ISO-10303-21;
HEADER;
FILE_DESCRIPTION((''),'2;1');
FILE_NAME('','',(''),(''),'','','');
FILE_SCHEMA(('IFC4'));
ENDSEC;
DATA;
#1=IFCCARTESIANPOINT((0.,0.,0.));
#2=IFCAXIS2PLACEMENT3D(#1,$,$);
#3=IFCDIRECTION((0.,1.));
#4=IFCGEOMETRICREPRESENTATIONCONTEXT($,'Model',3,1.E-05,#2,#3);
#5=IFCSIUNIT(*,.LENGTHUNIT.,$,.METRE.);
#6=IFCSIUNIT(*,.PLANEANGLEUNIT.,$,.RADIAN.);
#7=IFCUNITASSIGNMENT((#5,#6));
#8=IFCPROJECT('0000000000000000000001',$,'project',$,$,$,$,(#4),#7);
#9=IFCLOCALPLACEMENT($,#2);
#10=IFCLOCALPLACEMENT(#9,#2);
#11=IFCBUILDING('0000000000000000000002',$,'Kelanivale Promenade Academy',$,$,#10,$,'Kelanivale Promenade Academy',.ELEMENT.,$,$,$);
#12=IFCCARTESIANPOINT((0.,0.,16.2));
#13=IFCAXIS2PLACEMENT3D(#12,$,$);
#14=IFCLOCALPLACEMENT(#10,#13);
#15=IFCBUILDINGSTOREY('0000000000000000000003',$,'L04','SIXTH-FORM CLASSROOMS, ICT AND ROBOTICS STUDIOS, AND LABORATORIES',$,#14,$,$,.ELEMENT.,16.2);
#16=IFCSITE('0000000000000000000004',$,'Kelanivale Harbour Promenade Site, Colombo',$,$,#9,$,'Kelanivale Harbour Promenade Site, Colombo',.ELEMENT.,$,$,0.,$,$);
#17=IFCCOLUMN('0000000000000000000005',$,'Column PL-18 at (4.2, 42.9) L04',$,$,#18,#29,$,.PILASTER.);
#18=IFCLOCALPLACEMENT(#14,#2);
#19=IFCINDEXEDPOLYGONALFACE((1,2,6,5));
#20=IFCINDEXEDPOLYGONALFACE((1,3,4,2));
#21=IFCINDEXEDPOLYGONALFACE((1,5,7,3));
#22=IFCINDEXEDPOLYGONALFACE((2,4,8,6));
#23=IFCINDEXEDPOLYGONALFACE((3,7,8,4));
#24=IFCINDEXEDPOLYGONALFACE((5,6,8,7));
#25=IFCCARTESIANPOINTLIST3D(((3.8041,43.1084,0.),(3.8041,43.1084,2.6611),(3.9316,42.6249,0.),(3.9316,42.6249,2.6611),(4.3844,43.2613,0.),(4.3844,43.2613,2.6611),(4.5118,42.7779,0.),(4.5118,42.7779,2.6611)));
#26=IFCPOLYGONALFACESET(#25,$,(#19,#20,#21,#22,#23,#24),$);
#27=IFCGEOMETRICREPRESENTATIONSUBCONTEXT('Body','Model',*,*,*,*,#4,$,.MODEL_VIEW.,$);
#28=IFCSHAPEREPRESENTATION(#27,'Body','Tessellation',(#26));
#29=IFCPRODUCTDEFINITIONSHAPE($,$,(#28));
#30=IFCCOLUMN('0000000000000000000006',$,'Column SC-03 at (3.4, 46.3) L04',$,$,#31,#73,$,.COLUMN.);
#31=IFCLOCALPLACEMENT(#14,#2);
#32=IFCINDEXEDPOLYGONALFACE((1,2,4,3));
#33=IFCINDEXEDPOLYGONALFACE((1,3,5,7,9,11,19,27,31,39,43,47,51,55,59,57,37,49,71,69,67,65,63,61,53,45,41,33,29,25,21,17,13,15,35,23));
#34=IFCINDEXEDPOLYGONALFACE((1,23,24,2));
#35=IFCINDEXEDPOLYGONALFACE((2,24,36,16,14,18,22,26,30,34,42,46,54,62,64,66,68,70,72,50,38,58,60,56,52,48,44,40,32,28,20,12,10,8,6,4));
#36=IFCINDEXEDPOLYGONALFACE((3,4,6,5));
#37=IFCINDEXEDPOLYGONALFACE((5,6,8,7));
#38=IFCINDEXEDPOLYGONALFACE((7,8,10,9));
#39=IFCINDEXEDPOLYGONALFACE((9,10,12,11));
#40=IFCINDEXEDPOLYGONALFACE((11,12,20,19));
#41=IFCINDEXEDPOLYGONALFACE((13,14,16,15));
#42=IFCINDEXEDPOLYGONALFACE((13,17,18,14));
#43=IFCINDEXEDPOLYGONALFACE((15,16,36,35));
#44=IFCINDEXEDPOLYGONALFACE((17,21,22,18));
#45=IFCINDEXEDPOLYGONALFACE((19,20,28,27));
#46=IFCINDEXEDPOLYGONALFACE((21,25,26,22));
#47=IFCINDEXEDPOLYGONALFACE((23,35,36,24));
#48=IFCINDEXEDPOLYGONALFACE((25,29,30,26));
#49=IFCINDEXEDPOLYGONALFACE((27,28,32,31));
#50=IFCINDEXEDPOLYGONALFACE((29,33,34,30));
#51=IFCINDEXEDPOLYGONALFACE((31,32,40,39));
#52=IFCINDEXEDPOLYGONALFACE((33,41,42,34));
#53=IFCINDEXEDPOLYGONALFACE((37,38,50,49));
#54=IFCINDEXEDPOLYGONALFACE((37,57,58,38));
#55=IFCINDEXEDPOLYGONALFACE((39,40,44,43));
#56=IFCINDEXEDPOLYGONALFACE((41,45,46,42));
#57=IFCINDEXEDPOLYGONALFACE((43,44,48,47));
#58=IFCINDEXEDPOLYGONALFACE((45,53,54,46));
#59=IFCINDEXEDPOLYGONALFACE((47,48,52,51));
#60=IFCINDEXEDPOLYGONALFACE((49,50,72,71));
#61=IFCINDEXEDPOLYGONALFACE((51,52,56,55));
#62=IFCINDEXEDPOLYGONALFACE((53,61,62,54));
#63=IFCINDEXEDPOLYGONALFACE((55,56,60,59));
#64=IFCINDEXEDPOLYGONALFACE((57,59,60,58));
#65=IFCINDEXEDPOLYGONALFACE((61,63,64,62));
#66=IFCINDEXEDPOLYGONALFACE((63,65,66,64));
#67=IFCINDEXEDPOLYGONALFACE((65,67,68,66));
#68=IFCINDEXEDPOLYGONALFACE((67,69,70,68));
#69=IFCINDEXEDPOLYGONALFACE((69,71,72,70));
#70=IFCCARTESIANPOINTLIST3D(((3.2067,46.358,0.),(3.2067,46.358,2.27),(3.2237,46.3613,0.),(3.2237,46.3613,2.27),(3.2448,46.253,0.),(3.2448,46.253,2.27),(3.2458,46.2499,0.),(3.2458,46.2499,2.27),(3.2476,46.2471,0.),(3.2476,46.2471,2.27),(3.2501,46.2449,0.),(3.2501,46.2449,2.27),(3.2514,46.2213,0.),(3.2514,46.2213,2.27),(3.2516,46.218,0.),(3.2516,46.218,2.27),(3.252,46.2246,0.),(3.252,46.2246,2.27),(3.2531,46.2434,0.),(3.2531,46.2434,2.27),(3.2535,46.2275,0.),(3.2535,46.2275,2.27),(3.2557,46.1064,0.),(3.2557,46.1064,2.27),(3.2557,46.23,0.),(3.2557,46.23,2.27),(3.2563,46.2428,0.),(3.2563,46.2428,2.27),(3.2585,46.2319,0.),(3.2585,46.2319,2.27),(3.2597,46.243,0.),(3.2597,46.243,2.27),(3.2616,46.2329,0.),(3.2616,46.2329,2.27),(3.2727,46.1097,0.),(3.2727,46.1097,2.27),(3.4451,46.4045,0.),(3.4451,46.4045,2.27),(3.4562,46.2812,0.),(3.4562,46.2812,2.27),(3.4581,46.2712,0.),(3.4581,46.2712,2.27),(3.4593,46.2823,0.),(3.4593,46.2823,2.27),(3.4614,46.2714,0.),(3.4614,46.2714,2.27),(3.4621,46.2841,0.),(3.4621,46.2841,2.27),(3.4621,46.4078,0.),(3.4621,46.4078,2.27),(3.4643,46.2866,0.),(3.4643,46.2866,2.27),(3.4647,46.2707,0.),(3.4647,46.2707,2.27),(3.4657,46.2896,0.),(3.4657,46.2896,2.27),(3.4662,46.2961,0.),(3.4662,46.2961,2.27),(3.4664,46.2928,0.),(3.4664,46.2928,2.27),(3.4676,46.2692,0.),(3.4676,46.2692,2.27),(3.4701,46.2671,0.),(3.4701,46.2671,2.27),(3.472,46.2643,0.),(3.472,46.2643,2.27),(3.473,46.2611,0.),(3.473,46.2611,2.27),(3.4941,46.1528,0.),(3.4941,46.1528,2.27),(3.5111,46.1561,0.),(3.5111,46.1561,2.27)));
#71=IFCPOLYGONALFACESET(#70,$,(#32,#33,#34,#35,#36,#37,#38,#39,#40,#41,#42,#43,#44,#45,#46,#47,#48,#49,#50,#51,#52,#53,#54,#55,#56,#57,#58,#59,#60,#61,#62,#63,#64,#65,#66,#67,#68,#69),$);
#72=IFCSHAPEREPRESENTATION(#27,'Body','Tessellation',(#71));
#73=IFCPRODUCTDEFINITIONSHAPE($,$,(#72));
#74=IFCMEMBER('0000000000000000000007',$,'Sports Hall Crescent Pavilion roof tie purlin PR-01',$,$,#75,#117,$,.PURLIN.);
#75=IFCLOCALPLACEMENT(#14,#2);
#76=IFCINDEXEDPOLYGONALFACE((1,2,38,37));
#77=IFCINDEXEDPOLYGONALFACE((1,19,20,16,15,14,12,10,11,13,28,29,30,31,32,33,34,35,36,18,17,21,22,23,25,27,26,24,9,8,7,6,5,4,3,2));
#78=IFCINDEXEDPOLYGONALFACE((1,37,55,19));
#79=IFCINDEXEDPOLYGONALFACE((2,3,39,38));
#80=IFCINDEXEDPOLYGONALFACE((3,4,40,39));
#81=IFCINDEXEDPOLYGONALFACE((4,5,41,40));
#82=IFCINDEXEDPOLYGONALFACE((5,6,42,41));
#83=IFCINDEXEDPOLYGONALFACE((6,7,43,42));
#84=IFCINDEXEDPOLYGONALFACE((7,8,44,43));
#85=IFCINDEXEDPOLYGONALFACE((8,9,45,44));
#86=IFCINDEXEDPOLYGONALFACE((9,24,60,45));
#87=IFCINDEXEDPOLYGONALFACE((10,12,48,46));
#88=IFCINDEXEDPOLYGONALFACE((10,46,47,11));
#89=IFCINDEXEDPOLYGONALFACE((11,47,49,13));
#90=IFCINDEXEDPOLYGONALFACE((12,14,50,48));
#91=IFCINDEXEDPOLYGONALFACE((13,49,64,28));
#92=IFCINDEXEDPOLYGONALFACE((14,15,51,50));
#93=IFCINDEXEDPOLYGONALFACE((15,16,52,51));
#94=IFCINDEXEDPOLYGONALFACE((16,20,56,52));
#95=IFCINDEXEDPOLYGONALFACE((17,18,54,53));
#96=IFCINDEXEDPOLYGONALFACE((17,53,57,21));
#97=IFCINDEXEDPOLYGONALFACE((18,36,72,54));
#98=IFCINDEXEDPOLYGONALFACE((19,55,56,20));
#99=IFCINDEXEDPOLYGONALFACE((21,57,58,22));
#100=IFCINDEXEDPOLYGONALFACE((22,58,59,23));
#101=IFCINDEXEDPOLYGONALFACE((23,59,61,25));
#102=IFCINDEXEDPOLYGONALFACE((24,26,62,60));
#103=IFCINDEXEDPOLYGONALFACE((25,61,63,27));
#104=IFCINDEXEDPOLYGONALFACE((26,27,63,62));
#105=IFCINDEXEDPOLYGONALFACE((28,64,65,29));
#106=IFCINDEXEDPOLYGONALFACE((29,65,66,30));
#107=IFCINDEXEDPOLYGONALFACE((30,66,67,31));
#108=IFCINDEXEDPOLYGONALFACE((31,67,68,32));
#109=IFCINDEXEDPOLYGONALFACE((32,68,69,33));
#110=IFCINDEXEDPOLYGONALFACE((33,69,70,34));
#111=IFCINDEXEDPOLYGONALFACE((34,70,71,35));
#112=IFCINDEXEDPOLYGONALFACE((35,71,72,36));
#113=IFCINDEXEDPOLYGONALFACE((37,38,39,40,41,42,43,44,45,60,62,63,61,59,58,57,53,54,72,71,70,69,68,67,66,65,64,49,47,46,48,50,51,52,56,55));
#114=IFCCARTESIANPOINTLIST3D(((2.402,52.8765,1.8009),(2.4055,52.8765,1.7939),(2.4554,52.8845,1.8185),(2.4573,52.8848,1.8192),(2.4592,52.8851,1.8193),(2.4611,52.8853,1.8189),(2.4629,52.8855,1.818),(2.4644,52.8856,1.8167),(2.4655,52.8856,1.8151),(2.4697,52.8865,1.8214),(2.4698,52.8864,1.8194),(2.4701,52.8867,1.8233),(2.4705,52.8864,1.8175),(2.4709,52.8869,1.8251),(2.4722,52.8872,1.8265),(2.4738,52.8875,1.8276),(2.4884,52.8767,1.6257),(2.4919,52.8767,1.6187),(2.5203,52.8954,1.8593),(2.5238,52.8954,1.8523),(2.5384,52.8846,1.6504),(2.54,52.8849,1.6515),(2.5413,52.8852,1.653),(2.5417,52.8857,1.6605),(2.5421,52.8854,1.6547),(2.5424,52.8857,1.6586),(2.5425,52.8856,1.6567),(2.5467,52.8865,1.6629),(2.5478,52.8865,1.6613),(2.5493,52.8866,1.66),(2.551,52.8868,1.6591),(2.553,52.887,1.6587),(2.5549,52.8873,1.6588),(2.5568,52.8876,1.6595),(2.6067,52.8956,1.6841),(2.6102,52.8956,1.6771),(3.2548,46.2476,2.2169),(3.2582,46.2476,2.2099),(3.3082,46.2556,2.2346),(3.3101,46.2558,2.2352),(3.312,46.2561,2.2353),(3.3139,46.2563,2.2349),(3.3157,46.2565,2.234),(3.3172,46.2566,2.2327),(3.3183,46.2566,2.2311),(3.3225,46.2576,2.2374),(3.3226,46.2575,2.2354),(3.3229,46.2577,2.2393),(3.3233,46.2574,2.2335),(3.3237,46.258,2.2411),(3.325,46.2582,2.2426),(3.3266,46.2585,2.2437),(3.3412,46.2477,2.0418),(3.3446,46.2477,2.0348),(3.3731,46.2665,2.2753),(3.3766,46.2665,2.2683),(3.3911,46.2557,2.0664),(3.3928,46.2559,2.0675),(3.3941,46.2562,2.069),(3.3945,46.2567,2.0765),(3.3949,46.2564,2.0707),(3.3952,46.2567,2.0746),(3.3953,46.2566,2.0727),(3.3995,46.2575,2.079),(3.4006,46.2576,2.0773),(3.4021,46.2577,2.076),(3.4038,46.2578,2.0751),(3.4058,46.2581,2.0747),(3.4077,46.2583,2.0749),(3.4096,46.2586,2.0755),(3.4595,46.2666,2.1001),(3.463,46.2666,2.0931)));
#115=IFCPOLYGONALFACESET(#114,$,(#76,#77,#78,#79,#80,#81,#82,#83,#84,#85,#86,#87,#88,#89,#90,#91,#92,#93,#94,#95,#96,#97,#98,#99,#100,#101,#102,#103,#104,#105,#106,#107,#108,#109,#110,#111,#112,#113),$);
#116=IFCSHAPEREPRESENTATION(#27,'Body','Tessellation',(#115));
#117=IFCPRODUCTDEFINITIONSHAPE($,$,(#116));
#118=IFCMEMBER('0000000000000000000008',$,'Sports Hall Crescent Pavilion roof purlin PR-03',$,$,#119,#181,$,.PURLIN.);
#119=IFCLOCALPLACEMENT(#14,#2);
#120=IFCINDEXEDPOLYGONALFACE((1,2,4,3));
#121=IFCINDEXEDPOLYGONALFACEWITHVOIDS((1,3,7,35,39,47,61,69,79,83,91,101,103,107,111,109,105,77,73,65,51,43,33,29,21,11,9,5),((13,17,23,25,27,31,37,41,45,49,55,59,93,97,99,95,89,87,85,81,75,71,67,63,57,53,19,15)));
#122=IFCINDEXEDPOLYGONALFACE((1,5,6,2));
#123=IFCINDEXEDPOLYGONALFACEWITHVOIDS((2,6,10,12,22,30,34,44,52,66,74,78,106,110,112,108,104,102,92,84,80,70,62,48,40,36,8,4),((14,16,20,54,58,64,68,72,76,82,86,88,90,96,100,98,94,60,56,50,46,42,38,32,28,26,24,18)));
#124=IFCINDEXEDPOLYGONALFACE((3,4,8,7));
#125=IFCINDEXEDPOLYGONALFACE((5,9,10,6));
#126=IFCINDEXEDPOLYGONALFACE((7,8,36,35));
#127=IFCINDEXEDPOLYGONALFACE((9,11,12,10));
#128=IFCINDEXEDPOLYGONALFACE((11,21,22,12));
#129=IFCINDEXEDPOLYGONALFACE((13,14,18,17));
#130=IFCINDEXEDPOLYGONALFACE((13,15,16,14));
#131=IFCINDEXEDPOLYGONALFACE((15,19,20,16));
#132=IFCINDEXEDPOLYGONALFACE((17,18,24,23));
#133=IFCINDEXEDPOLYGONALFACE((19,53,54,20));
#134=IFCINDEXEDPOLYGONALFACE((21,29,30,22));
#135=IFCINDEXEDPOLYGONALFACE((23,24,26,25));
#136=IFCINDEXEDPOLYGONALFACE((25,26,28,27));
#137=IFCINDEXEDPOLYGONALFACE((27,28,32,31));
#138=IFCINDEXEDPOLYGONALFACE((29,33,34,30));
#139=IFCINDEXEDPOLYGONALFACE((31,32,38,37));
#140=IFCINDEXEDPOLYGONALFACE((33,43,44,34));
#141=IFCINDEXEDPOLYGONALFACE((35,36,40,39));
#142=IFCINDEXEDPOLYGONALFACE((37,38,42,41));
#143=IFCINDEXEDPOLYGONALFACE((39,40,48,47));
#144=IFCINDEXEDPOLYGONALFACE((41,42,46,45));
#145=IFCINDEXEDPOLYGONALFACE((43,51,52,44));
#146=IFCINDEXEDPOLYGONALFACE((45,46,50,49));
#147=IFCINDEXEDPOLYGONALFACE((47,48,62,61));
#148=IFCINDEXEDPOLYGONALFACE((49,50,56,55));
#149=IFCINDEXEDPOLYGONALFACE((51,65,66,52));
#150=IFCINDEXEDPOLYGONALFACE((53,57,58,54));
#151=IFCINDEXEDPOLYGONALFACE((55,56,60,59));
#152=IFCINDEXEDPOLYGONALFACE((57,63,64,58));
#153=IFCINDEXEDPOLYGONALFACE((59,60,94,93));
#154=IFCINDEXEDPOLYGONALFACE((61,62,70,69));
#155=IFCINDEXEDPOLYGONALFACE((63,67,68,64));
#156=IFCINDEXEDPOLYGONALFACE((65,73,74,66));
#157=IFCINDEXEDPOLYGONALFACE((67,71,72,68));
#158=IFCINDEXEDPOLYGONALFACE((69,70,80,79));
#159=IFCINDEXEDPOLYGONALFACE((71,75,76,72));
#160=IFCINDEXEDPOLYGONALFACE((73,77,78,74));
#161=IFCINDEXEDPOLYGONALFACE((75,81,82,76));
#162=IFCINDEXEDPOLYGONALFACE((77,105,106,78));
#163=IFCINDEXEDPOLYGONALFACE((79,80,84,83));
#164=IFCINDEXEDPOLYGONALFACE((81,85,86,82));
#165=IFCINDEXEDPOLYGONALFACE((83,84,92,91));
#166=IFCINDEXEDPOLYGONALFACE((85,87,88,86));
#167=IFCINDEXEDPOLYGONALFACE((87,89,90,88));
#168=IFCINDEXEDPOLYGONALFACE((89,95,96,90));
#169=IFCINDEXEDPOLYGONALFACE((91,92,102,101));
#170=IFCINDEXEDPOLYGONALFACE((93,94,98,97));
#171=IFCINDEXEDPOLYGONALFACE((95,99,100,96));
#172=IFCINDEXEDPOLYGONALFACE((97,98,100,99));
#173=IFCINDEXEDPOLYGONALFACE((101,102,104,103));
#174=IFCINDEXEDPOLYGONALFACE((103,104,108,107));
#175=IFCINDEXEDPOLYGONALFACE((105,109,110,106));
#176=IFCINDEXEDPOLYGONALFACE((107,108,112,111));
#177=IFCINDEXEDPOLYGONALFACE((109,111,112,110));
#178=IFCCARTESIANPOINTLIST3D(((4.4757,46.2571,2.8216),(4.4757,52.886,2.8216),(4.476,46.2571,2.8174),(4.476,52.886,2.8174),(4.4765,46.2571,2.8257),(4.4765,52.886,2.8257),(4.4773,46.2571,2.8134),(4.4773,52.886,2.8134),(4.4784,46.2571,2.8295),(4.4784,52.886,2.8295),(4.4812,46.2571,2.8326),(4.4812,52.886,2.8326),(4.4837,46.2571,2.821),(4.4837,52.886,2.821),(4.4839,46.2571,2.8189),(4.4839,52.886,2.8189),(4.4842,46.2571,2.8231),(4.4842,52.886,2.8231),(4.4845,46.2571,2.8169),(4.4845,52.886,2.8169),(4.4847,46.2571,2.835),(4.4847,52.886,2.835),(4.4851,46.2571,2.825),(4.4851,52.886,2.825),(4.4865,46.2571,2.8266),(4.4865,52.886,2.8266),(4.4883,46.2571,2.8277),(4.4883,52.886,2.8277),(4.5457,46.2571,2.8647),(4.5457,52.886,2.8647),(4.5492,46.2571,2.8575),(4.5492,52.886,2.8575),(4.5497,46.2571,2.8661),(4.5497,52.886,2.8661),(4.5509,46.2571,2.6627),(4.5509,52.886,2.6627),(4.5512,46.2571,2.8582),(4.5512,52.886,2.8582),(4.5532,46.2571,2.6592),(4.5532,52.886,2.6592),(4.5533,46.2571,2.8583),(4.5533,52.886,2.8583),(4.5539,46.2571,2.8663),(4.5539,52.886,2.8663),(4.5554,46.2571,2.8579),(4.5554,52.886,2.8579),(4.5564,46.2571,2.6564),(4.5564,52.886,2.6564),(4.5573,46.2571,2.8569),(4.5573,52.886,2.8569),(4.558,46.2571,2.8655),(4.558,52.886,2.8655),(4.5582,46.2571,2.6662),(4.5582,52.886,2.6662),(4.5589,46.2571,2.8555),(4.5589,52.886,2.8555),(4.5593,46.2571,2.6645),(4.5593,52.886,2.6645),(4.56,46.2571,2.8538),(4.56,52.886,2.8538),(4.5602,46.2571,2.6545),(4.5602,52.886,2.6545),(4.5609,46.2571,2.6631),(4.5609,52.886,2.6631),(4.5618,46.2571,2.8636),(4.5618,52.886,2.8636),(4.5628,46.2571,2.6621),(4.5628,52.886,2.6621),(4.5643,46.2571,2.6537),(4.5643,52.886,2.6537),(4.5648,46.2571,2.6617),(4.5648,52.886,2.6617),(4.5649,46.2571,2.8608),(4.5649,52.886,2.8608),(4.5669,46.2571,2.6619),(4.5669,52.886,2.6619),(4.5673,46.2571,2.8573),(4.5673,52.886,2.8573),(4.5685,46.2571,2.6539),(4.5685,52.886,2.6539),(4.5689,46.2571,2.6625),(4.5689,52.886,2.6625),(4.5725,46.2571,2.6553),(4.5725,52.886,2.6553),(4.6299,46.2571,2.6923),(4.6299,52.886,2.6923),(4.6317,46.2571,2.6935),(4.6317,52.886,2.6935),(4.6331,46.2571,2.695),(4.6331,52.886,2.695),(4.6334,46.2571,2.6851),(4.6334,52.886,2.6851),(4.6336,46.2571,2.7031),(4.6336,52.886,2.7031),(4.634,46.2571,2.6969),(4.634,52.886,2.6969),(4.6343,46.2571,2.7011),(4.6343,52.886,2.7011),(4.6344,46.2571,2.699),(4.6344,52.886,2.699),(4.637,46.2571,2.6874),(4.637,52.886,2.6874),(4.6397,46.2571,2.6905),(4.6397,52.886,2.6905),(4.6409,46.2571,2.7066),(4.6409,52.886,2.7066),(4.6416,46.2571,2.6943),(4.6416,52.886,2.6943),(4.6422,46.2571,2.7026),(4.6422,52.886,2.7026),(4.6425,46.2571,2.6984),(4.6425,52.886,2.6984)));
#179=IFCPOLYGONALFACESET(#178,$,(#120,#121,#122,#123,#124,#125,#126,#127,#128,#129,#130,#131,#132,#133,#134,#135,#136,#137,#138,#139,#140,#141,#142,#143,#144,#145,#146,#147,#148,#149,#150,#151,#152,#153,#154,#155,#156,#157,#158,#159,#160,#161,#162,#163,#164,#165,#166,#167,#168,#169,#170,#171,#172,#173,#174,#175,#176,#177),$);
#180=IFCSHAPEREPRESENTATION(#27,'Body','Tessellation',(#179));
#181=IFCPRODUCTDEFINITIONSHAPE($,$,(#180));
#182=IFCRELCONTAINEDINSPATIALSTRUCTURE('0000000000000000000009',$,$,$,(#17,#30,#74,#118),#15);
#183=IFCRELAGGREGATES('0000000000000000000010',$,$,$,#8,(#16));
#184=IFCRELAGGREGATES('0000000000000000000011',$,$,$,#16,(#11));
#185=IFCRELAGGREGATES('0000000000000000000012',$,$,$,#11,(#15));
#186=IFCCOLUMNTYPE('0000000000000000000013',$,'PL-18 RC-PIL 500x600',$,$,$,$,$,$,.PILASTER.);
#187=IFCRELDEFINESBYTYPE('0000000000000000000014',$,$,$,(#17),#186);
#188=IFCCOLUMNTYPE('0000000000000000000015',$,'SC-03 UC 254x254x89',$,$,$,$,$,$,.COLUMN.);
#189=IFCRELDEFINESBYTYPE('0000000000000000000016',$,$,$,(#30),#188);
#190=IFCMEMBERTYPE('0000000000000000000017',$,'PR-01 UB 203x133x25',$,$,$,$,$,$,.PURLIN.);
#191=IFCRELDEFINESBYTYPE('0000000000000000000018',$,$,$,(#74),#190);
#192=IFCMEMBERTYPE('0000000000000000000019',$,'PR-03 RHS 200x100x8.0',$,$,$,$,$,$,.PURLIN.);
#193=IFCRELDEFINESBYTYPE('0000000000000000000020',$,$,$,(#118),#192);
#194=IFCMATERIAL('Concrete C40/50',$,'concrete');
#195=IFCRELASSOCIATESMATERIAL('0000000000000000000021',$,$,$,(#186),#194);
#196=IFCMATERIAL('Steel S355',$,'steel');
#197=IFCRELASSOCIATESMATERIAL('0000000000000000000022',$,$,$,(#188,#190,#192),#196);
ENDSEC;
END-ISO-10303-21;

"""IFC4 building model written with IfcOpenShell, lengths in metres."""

from ifc_helpers import new_model, si_unit, direction, frame, origin, origin_2d, place, context, subcontext, project, spatial, rectangle, hollow_rectangle, i_section, extrude, material, material_profile, profile_set, type_object, element, save


model = new_model("IFC4")

# Units and contexts
model_context = context("Model", 3, precision=1e-05, world=origin(), true_north=direction((0.0, 1.0)))
body_context = subcontext(model_context, "Body", "Model", "MODEL_VIEW")
ifc_project = project(units=[si_unit("LENGTHUNIT", "METRE"), si_unit("PLANEANGLEUNIT", "RADIAN")], contexts=[model_context])

# Site, building, storey
site_placement = place(None, origin())
site = spatial("IfcSite", under=ifc_project, at=site_placement, Name="Kelanivale Harbour Promenade Site, Colombo", LongName="Kelanivale Harbour Promenade Site, Colombo", CompositionType="ELEMENT", RefElevation=0.0)
building_placement = place(site_placement, origin())
building = spatial("IfcBuilding", under=site, at=building_placement, Name="Kelanivale Promenade Academy", LongName="Kelanivale Promenade Academy", CompositionType="ELEMENT")
storey_placement = place(building_placement, frame((0.0, 0.0, 16.2)))
storey = spatial("IfcBuildingStorey", under=building, at=storey_placement, Name="L04", Description="SIXTH-FORM CLASSROOMS, ICT AND ROBOTICS STUDIOS, AND LABORATORIES", CompositionType="ELEMENT", Elevation=16.2)

# Columns
ifc_material_1 = material(Name="Concrete C40/50", Category="concrete")
ifc_material_profile_1 = material_profile(ifc_material_1, rectangle(XDim=0.5, YDim=0.6001, at=origin_2d()), Name="RC-PIL 500x600")
ifc_profile_set_1 = profile_set([ifc_material_profile_1], Name="Concrete C40/50")
column_type_1 = type_object("IfcColumnType", Name="PL-18 RC-PIL 500x600", PredefinedType="PILASTER", material=ifc_profile_set_1)
column_1_placement = place(storey_placement, frame((4.158, 42.9431, 0.0), z_axis=(0.0, 0.0, 1.0), x_axis=(-0.254939, 0.966957, 0.0)))
element("IfcColumn", 1, at=column_1_placement, inside=storey, type_object=column_type_1, Name="Column PL-18 at (4.2, 42.9) L04", PredefinedType="PILASTER", context=body_context, shape_type="SweptSolid", body=[
    extrude(rectangle(XDim=0.5, YDim=0.6001, at=origin_2d()), origin(), (0.0, 0.0, 1.0), 2.6611),
])
ifc_material_2 = material(Name="Steel S355", Category="steel")
ifc_material_profile_2 = material_profile(ifc_material_2, i_section(OverallWidth=0.2563, OverallDepth=0.2603, WebThickness=0.0103, FlangeThickness=0.0173, FilletRadius=0.0127, at=origin_2d()), Name="UC 254x254x89")
ifc_profile_set_2 = profile_set([ifc_material_profile_2], Name="Steel S355")
column_type_2 = type_object("IfcColumnType", Name="SC-03 UC 254x254x89", PredefinedType="COLUMN", material=ifc_profile_set_2)
column_2_placement = place(storey_placement, frame((3.3589, 46.2571, 0.0), z_axis=(0.0, 0.0, 1.0), x_axis=(-0.191152, 0.981561, 0.0)))
element("IfcColumn", 2, at=column_2_placement, inside=storey, type_object=column_type_2, Name="Column SC-03 at (3.4, 46.3) L04", PredefinedType="COLUMN", context=body_context, shape_type="SweptSolid", body=[
    extrude(i_section(OverallWidth=0.2563, OverallDepth=0.2603, WebThickness=0.0103, FlangeThickness=0.0173, FilletRadius=0.0127, at=origin_2d()), origin(), (0.0, 0.0, 1.0), 2.27),
])

# Members
ifc_material_profile_3 = material_profile(ifc_material_2, i_section(OverallWidth=0.1333, OverallDepth=0.2031, WebThickness=0.0056, FlangeThickness=0.0078, FilletRadius=0.0076, at=origin_2d()), Name="UB 203x133x25")
ifc_profile_set_3 = profile_set([ifc_material_profile_3], Name="Steel S355")
member_type_1 = type_object("IfcMemberType", Name="PR-01 UB 203x133x25", PredefinedType="PURLIN", material=ifc_profile_set_3)
member_1_placement = place(storey_placement, frame((3.3589, 46.2571, 2.155), z_axis=(-0.127348, 0.989911, -0.062125), x_axis=(-0.887741, -0.141692, -0.437994)))
element("IfcMember", 3, at=member_1_placement, inside=storey, type_object=member_type_1, Name="Sports Hall Crescent Pavilion roof tie purlin PR-01", PredefinedType="PURLIN", context=body_context, shape_type="SweptSolid", body=[
    extrude(i_section(OverallWidth=0.1333, OverallDepth=0.2031, WebThickness=0.0056, FlangeThickness=0.0078, FilletRadius=0.0076, at=origin_2d()), origin(), (0.0, 0.0, 1.0), 6.6965),
])
ifc_material_profile_4 = material_profile(ifc_material_2, hollow_rectangle(XDim=0.1001, YDim=0.2, WallThickness=0.0081, InnerFilletRadius=0.0081, OuterFilletRadius=0.0161, at=origin_2d()), Name="RHS 200x100x8.0")
ifc_profile_set_4 = profile_set([ifc_material_profile_4], Name="Steel S355")
member_type_2 = type_object("IfcMemberType", Name="PR-03 RHS 200x100x8.0", PredefinedType="PURLIN", material=ifc_profile_set_4)
member_2_placement = place(storey_placement, frame((4.5591, 46.2571, 2.76), z_axis=(0.0, 1.0, 0.0), x_axis=(-0.898564, 0.0, -0.438842)))
element("IfcMember", 4, at=member_2_placement, inside=storey, type_object=member_type_2, Name="Sports Hall Crescent Pavilion roof purlin PR-03", PredefinedType="PURLIN", context=body_context, shape_type="SweptSolid", body=[
    extrude(hollow_rectangle(XDim=0.1001, YDim=0.2, WallThickness=0.0081, InnerFilletRadius=0.0081, OuterFilletRadius=0.0161, at=origin_2d()), origin(), (0.0, 0.0, 1.0), 6.6289),
])

save(model, "model.ifc")
